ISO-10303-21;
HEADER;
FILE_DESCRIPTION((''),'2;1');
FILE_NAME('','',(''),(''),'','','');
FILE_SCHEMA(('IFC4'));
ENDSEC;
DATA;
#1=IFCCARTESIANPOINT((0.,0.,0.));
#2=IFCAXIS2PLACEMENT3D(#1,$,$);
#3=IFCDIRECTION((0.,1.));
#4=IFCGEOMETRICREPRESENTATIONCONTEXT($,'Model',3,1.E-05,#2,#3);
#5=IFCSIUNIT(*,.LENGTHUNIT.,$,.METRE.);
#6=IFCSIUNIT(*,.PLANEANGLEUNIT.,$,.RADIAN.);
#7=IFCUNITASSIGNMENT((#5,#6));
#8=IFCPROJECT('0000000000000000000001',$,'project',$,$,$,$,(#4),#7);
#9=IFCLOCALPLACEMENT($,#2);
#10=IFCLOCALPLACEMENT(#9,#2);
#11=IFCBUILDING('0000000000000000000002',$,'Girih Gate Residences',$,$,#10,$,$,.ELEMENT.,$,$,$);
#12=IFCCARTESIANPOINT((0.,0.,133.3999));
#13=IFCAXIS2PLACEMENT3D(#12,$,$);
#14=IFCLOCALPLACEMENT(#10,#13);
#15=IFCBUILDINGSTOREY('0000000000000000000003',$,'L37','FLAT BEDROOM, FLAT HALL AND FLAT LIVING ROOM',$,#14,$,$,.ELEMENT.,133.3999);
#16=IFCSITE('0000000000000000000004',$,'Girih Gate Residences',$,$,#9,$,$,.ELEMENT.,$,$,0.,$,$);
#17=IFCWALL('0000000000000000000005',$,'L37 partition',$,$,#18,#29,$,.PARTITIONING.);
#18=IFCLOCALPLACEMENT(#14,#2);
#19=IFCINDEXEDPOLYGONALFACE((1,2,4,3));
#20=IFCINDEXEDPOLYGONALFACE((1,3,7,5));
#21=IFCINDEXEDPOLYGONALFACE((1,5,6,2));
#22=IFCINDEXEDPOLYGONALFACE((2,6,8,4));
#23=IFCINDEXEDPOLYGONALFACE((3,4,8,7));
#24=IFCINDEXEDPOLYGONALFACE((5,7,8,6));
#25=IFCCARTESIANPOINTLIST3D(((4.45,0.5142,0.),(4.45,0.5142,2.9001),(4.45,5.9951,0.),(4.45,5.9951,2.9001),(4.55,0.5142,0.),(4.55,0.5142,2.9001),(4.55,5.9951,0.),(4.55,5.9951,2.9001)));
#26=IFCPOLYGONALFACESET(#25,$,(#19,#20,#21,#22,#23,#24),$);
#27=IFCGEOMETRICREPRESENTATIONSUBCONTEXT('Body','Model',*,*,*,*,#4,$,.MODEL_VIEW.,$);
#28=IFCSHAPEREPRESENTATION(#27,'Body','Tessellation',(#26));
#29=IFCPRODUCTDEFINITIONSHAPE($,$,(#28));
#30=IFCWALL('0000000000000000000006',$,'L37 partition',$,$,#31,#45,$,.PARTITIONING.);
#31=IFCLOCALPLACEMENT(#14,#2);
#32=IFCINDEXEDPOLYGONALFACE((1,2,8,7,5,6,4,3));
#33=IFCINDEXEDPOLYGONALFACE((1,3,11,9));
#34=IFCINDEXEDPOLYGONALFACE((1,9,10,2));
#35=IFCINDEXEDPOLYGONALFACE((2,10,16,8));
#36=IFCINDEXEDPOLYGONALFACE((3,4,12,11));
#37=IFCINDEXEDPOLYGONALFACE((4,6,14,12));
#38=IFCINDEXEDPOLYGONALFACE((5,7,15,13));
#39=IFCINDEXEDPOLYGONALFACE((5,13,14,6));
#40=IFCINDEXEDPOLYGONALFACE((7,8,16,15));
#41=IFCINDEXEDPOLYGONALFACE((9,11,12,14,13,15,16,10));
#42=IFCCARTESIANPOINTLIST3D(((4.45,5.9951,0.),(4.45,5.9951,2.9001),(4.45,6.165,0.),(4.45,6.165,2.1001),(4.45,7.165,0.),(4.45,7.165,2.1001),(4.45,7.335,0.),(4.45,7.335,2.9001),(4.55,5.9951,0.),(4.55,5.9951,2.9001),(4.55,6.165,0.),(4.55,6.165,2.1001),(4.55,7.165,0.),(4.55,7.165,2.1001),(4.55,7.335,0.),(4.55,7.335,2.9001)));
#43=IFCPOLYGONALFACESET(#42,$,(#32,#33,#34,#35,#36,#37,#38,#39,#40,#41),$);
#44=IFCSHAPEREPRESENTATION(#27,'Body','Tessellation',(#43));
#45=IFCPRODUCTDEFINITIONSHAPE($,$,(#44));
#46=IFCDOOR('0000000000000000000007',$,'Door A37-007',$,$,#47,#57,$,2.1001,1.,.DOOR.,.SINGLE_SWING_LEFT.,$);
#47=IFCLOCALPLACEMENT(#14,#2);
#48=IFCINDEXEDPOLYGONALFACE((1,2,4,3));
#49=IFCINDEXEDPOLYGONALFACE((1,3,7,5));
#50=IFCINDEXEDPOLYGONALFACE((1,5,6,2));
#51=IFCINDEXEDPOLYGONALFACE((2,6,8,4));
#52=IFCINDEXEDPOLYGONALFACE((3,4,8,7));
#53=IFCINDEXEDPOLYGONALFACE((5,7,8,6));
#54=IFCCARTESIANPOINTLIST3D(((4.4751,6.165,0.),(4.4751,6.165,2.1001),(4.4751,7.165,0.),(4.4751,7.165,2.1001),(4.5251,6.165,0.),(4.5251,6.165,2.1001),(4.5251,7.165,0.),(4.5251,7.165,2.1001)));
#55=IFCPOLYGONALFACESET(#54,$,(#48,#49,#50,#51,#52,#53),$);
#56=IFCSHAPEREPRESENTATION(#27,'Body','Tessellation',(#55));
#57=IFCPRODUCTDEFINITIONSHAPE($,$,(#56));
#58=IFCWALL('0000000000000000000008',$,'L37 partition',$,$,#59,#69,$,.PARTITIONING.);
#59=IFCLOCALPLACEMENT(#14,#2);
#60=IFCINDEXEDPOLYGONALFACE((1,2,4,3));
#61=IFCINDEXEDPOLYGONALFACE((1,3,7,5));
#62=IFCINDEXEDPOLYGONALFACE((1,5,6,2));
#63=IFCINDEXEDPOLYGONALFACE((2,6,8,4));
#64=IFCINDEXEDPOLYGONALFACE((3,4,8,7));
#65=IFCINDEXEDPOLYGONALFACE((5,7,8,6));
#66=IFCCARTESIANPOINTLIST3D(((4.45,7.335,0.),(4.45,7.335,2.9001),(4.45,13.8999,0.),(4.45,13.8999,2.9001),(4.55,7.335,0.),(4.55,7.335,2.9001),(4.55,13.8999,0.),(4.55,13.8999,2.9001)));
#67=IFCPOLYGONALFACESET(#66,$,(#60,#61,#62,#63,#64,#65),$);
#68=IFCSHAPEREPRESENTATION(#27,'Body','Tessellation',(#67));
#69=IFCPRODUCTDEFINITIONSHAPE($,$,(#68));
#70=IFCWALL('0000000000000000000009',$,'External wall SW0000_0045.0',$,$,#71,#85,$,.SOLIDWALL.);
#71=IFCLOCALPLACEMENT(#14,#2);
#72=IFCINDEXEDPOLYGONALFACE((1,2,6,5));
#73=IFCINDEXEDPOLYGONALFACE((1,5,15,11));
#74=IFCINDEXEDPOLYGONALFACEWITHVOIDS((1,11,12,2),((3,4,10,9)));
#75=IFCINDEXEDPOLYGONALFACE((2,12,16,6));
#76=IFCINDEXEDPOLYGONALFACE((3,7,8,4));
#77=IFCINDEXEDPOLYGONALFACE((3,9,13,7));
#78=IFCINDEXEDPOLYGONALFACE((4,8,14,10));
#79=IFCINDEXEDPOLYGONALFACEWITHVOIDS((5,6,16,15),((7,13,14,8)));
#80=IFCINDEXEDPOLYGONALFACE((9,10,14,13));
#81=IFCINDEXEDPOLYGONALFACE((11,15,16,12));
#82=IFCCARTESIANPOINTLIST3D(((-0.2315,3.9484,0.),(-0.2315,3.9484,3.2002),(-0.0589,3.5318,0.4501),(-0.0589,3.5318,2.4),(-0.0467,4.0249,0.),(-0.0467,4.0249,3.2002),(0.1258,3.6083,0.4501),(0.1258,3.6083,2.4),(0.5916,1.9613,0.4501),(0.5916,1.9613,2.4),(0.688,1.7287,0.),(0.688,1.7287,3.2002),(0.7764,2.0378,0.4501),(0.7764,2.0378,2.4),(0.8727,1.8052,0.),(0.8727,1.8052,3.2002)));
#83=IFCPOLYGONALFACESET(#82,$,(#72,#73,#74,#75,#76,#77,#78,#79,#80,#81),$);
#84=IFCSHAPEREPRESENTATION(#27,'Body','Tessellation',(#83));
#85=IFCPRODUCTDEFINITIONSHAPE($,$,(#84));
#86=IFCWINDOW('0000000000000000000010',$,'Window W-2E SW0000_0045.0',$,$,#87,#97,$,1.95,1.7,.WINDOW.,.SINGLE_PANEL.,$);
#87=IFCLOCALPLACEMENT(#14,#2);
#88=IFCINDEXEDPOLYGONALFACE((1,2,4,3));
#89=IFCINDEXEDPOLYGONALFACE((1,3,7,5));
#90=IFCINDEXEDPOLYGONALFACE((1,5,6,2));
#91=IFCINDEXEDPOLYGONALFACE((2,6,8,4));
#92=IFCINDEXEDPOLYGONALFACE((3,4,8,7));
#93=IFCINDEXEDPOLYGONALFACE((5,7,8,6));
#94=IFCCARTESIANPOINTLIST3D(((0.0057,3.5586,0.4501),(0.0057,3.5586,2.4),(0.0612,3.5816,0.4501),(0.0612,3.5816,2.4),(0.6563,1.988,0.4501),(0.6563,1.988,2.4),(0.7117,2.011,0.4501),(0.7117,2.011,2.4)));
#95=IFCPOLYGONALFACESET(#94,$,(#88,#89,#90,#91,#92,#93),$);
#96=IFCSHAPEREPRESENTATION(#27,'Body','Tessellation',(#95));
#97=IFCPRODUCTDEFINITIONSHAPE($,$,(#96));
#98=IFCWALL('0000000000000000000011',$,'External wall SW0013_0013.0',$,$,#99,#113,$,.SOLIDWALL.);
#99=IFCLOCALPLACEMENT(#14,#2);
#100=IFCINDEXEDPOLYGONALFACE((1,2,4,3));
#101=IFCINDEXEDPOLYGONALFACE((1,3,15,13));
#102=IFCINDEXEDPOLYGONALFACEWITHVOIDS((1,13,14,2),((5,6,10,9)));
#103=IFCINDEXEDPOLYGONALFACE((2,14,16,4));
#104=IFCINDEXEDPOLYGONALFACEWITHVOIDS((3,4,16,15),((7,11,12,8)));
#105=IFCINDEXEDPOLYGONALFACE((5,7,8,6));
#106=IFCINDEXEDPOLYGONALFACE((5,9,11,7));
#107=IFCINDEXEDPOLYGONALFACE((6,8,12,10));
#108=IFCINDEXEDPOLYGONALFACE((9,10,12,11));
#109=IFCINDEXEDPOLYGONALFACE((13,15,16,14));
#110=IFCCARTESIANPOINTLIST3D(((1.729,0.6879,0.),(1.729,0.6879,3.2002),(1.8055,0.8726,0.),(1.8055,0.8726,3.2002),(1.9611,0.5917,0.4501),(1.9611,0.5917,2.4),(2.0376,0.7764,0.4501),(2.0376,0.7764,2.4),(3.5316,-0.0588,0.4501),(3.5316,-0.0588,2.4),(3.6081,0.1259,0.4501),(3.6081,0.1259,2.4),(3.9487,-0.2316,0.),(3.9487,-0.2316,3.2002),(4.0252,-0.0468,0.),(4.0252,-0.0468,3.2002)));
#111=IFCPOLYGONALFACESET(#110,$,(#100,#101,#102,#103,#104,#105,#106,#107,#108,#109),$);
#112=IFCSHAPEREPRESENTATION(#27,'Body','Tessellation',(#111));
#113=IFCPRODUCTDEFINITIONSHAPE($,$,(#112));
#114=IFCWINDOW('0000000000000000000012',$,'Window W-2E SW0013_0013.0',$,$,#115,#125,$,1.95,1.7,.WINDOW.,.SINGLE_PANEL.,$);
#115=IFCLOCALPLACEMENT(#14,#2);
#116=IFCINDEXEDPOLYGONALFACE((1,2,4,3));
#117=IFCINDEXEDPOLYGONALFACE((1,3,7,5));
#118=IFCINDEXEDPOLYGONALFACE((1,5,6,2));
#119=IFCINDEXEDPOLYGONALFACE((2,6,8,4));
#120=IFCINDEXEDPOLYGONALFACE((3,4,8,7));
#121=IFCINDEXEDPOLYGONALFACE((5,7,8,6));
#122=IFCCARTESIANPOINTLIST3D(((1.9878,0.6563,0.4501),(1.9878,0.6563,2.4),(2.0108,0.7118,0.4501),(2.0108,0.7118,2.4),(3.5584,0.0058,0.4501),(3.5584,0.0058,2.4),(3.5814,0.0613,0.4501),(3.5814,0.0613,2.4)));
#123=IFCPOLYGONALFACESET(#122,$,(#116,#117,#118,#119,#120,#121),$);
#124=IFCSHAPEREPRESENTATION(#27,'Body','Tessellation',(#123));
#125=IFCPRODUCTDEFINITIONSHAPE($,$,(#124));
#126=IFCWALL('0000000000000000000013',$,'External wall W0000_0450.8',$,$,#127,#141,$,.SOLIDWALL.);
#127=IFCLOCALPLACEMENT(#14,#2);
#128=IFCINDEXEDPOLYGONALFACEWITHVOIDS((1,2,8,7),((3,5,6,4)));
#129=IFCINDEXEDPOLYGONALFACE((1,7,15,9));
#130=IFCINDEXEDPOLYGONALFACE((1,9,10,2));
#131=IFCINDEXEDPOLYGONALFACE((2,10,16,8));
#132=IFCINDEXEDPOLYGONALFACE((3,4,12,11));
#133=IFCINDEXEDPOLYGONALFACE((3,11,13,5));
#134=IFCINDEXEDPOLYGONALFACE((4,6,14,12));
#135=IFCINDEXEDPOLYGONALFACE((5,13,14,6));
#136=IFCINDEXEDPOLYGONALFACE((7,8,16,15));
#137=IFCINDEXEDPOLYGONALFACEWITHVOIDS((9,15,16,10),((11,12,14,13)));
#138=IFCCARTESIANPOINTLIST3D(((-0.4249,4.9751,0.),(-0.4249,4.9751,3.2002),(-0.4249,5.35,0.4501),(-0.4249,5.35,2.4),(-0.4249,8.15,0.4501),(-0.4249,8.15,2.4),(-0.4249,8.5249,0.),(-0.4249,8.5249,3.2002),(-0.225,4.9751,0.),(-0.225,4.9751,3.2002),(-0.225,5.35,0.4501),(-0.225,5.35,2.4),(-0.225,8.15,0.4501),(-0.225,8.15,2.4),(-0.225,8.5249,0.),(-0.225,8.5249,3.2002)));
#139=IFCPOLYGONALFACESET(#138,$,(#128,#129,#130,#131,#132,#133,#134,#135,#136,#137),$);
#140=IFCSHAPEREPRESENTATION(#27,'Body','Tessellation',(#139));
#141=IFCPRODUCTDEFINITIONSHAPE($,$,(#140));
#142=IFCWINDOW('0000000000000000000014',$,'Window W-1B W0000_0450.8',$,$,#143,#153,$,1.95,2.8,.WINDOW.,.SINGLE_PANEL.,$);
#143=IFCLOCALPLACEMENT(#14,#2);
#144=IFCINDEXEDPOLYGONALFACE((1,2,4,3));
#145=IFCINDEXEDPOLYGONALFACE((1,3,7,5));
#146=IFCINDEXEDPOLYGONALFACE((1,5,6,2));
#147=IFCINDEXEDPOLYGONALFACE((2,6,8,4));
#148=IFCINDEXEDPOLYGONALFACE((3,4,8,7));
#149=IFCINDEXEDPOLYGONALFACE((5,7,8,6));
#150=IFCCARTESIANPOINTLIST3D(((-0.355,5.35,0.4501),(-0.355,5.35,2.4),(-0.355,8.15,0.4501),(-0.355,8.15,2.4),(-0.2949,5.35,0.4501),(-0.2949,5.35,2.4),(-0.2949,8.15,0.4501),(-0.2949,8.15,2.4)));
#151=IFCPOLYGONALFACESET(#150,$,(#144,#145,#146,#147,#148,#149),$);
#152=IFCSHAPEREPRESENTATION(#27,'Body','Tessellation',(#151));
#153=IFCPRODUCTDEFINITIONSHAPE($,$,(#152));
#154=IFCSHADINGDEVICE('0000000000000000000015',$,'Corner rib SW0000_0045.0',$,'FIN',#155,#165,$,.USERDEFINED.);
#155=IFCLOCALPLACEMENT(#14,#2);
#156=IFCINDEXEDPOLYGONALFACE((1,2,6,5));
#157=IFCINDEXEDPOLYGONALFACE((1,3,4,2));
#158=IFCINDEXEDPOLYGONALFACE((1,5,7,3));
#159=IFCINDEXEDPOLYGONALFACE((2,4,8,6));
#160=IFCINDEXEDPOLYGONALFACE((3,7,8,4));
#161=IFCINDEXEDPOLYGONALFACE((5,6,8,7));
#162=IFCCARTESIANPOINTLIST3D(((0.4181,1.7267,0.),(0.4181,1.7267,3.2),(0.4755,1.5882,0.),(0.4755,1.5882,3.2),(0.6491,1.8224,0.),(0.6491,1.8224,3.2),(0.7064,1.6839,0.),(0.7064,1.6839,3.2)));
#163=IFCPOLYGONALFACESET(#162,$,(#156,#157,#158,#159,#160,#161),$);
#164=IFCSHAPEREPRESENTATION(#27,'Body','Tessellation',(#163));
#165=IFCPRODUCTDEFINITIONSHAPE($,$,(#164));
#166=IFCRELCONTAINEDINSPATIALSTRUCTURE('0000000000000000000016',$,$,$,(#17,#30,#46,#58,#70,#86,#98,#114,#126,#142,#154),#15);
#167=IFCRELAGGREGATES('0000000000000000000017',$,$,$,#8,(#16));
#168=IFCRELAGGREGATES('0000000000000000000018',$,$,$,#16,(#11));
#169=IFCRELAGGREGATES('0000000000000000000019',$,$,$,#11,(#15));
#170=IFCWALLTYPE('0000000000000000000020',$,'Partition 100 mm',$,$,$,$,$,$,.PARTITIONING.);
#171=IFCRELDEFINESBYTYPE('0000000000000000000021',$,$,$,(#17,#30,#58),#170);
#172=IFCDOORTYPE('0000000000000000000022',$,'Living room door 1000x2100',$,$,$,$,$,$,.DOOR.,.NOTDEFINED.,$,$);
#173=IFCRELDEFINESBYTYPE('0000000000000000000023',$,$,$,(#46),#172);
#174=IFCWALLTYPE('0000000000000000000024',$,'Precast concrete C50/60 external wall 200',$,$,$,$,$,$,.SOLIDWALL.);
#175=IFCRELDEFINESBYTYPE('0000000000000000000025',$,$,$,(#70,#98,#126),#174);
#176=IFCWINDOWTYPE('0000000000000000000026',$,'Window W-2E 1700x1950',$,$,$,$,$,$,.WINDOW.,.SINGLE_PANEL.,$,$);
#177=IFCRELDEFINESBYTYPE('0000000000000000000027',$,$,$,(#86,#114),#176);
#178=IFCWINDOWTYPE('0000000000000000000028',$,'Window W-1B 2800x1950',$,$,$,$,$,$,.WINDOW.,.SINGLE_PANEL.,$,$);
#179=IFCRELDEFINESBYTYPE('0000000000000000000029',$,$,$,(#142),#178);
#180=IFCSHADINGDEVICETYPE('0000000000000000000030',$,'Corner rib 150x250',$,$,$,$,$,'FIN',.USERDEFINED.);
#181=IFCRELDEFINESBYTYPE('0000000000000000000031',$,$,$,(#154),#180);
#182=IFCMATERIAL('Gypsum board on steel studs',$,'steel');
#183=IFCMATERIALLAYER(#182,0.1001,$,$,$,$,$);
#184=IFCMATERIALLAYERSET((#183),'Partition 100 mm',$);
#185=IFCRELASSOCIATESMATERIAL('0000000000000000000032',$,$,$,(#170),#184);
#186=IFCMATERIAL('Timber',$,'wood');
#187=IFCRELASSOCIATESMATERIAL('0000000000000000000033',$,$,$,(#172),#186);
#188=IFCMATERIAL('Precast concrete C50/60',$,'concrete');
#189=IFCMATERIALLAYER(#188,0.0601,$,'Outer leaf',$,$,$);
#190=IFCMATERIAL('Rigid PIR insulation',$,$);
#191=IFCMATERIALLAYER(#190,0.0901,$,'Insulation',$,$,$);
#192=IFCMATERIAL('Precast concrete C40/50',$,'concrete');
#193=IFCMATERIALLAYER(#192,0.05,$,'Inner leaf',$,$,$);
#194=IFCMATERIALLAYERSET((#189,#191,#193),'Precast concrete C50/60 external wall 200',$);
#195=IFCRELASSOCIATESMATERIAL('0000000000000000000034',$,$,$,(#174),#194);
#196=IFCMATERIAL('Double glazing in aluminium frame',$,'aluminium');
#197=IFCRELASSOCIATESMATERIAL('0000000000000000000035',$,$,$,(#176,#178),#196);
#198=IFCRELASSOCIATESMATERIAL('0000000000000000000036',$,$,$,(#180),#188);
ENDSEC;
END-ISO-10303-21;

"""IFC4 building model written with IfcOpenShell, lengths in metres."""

from ifc_helpers import new_model, si_unit, direction, frame, frame_2d, origin, origin_2d, place, context, subcontext, project, spatial, rectangle, extrude, material, layer, layer_set, type_object, element, fill, save


model = new_model("IFC4")

# Units and contexts
model_context = context("Model", 3, precision=1e-05, world=origin(), true_north=direction((0.0, 1.0)))
body_context = subcontext(model_context, "Body", "Model", "MODEL_VIEW")
ifc_project = project(units=[si_unit("LENGTHUNIT", "METRE"), si_unit("PLANEANGLEUNIT", "RADIAN")], contexts=[model_context])

# Site, building, storey
site_placement = place(None, origin())
site = spatial("IfcSite", under=ifc_project, at=site_placement, Name="Girih Gate Residences", CompositionType="ELEMENT", RefElevation=0.0)
building_placement = place(site_placement, origin())
building = spatial("IfcBuilding", under=site, at=building_placement, Name="Girih Gate Residences", CompositionType="ELEMENT")
storey_placement = place(building_placement, frame((0.0, 0.0, 133.3999)))
storey = spatial("IfcBuildingStorey", under=building, at=storey_placement, Name="L37", Description="FLAT BEDROOM, FLAT HALL AND FLAT LIVING ROOM", CompositionType="ELEMENT", Elevation=133.3999)

# Wall
ifc_material_1 = material(Name="Gypsum board on steel studs", Category="steel")
ifc_layer_1 = layer(ifc_material_1, 0.1001)
ifc_layer_set_1 = layer_set([ifc_layer_1], Name="Partition 100 mm")
wall_type_1 = type_object("IfcWallType", Name="Partition 100 mm", PredefinedType="PARTITIONING", material=ifc_layer_set_1)
wall_1_placement = place(storey_placement, frame((4.5, 0.5142, 0.0), z_axis=(0.0, 0.0, 1.0), x_axis=(0.0, 1.0, 0.0)))
element("IfcWall", 1, at=wall_1_placement, inside=storey, type_object=wall_type_1, Name="L37 partition", PredefinedType="PARTITIONING", context=body_context, shape_type="SweptSolid", body=[
    extrude(rectangle(XDim=5.481, YDim=0.1001, at=frame_2d((2.7405, 0.0))), origin(), (0.0, 0.0, 1.0), 2.9001),
])

# Wall, opening, door
wall_2_placement = place(storey_placement, frame((4.5, 5.9951, 0.0), z_axis=(0.0, 0.0, 1.0), x_axis=(0.0, 1.0, 0.0)))
wall_2 = element("IfcWall", 2, at=wall_2_placement, inside=storey, type_object=wall_type_1, Name="L37 partition", PredefinedType="PARTITIONING", context=body_context, shape_type="SweptSolid", body=[
    extrude(rectangle(XDim=1.3398, YDim=0.1001, at=frame_2d((0.6699, 0.0))), origin(), (0.0, 0.0, 1.0), 2.9001),
])
opening_1_placement = place(wall_2_placement, frame((0.1699, 0.0, 0.0)))
opening_1 = element("IfcOpeningElement", 3, at=opening_1_placement, cuts=wall_2, PredefinedType="OPENING", context=body_context, shape_type="SweptSolid", body=[
    extrude(rectangle(XDim=1.0, YDim=2.1001, at=frame_2d((0.5, 1.05))), frame((0.0, 0.0601, 0.0), z_axis=(0.0, -1.0, 0.0), x_axis=(1.0, 0.0, 0.0)), (0.0, 0.0, 1.0), 0.1201),
])
ifc_material_2 = material(Name="Timber", Category="wood")
door_type = type_object("IfcDoorType", Name="Living room door 1000x2100", OperationType="NOTDEFINED", PredefinedType="DOOR", material=ifc_material_2)
door_placement = place(opening_1_placement, origin())
door = element("IfcDoor", 4, at=door_placement, inside=storey, type_object=door_type, Name="Door A37-007", OperationType="SINGLE_SWING_LEFT", OverallHeight=2.1001, OverallWidth=1.0, PredefinedType="DOOR", context=body_context, shape_type="SweptSolid", body=[
    extrude(rectangle(XDim=1.0, YDim=2.1001, at=frame_2d((0.5, 1.05))), frame((0.0, 0.0249, 0.0), z_axis=(0.0, -1.0, 0.0), x_axis=(1.0, 0.0, 0.0)), (0.0, 0.0, 1.0), 0.05),
])
fill(opening_1, door)

# Wall
wall_3_placement = place(storey_placement, frame((4.5, 7.335, 0.0), z_axis=(0.0, 0.0, 1.0), x_axis=(0.0, 1.0, 0.0)))
element("IfcWall", 5, at=wall_3_placement, inside=storey, type_object=wall_type_1, Name="L37 partition", PredefinedType="PARTITIONING", context=body_context, shape_type="SweptSolid", body=[
    extrude(rectangle(XDim=6.5649, YDim=0.1001, at=frame_2d((3.2825, 0.0))), origin(), (0.0, 0.0, 1.0), 2.9001),
])

# Walls, openings, windows
ifc_material_3 = material(Name="Precast concrete C50/60", Category="concrete")
ifc_layer_2 = layer(ifc_material_3, 0.0601, Name="Outer leaf")
ifc_material_4 = material(Name="Rigid PIR insulation")
ifc_layer_3 = layer(ifc_material_4, 0.0901, Name="Insulation")
ifc_material_5 = material(Name="Precast concrete C40/50", Category="concrete")
ifc_layer_4 = layer(ifc_material_5, 0.05, Name="Inner leaf")
ifc_layer_set_2 = layer_set([ifc_layer_2, ifc_layer_3, ifc_layer_4], Name="Precast concrete C50/60 external wall 200")
wall_type_2 = type_object("IfcWallType", Name="Precast concrete C50/60 external wall 200", PredefinedType="SOLIDWALL", material=ifc_layer_set_2)
wall_4_placement = place(storey_placement, frame((0.7803, 1.7671, 0.0), z_axis=(0.0, 0.0, 1.0), x_axis=(-0.382681, 0.923881, 0.0)))
wall_4 = element("IfcWall", 6, at=wall_4_placement, inside=storey, type_object=wall_type_2, Name="External wall SW0000_0045.0", PredefinedType="SOLIDWALL", context=body_context, shape_type="SweptSolid", body=[
    extrude(rectangle(XDim=2.4026, YDim=0.2, at=frame_2d((1.2012, 0.0))), origin(), (0.0, 0.0, 1.0), 3.2002),
])
opening_2_placement = place(wall_4_placement, frame((0.2515, 0.0, 0.45)))
opening_2 = element("IfcOpeningElement", 7, at=opening_2_placement, cuts=wall_4, PredefinedType="OPENING", context=body_context, shape_type="SweptSolid", body=[
    extrude(rectangle(XDim=1.7, YDim=1.95, at=frame_2d((0.8501, 0.9751))), frame((0.0, 0.1099, 0.0), z_axis=(0.0, -1.0, 0.0), x_axis=(1.0, 0.0, 0.0)), (0.0, 0.0, 1.0), 0.22),
])
ifc_material_6 = material(Name="Double glazing in aluminium frame", Category="aluminium")
window_type_1 = type_object("IfcWindowType", Name="Window W-2E 1700x1950", PartitioningType="SINGLE_PANEL", PredefinedType="WINDOW", material=ifc_material_6)
window_1_placement = place(opening_2_placement, origin())
window_1 = element("IfcWindow", 8, at=window_1_placement, inside=storey, type_object=window_type_1, Name="Window W-2E SW0000_0045.0", OverallHeight=1.95, OverallWidth=1.7, PartitioningType="SINGLE_PANEL", PredefinedType="WINDOW", context=body_context, shape_type="SweptSolid", body=[
    extrude(rectangle(XDim=1.7, YDim=1.95, at=frame_2d((0.8501, 0.9751))), frame((0.0, 0.03, 0.0), z_axis=(0.0, -1.0, 0.0), x_axis=(1.0, 0.0, 0.0)), (0.0, 0.0, 1.0), 0.0601),
])
fill(opening_2, window_1)
wall_5_placement = place(storey_placement, frame((3.9868, -0.1392, 0.0), z_axis=(0.0, 0.0, 1.0), x_axis=(-0.923881, 0.382681, 0.0)))
wall_5 = element("IfcWall", 9, at=wall_5_placement, inside=storey, type_object=wall_type_2, Name="External wall SW0013_0013.0", PredefinedType="SOLIDWALL", context=body_context, shape_type="SweptSolid", body=[
    extrude(rectangle(XDim=2.4026, YDim=0.2, at=frame_2d((1.2012, 0.0))), origin(), (0.0, 0.0, 1.0), 3.2002),
])
opening_3_placement = place(wall_5_placement, frame((0.4512, 0.0, 0.45)))
opening_3 = element("IfcOpeningElement", 10, at=opening_3_placement, cuts=wall_5, PredefinedType="OPENING", context=body_context, shape_type="SweptSolid", body=[
    extrude(rectangle(XDim=1.7, YDim=1.95, at=frame_2d((0.8501, 0.9751))), frame((0.0, 0.1099, 0.0), z_axis=(0.0, -1.0, 0.0), x_axis=(1.0, 0.0, 0.0)), (0.0, 0.0, 1.0), 0.22),
])
window_2_placement = place(opening_3_placement, origin())
window_2 = element("IfcWindow", 11, at=window_2_placement, inside=storey, type_object=window_type_1, Name="Window W-2E SW0013_0013.0", OverallHeight=1.95, OverallWidth=1.7, PartitioningType="SINGLE_PANEL", PredefinedType="WINDOW", context=body_context, shape_type="SweptSolid", body=[
    extrude(rectangle(XDim=1.7, YDim=1.95, at=frame_2d((0.8501, 0.9751))), frame((0.0, 0.03, 0.0), z_axis=(0.0, -1.0, 0.0), x_axis=(1.0, 0.0, 0.0)), (0.0, 0.0, 1.0), 0.0601),
])
fill(opening_3, window_2)
wall_6_placement = place(storey_placement, frame((-0.325, 4.9751, 0.0), z_axis=(0.0, 0.0, 1.0), x_axis=(0.0, 1.0, 0.0)))
wall_6 = element("IfcWall", 12, at=wall_6_placement, inside=storey, type_object=wall_type_2, Name="External wall W0000_0450.8", PredefinedType="SOLIDWALL", context=body_context, shape_type="SweptSolid", body=[
    extrude(rectangle(XDim=3.5498, YDim=0.2, at=frame_2d((1.7749, 0.0))), origin(), (0.0, 0.0, 1.0), 3.2002),
])
opening_4_placement = place(wall_6_placement, frame((0.375, 0.0, 0.45)))
opening_4 = element("IfcOpeningElement", 13, at=opening_4_placement, cuts=wall_6, PredefinedType="OPENING", context=body_context, shape_type="SweptSolid", body=[
    extrude(rectangle(XDim=2.8, YDim=1.95, at=frame_2d((1.3999, 0.9751))), frame((0.0, 0.1099, 0.0), z_axis=(0.0, -1.0, 0.0), x_axis=(1.0, 0.0, 0.0)), (0.0, 0.0, 1.0), 0.22),
])
window_type_2 = type_object("IfcWindowType", Name="Window W-1B 2800x1950", PartitioningType="SINGLE_PANEL", PredefinedType="WINDOW", material=ifc_material_6)
window_3_placement = place(opening_4_placement, origin())
window_3 = element("IfcWindow", 14, at=window_3_placement, inside=storey, type_object=window_type_2, Name="Window W-1B W0000_0450.8", OverallHeight=1.95, OverallWidth=2.8, PartitioningType="SINGLE_PANEL", PredefinedType="WINDOW", context=body_context, shape_type="SweptSolid", body=[
    extrude(rectangle(XDim=2.8, YDim=1.95, at=frame_2d((1.3999, 0.9751))), frame((0.0, 0.03, 0.0), z_axis=(0.0, -1.0, 0.0), x_axis=(1.0, 0.0, 0.0)), (0.0, 0.0, 1.0), 0.0601),
])
fill(opening_4, window_3)

# Shading device
shading_device_type = type_object("IfcShadingDeviceType", Name="Corner rib 150x250", ElementType="FIN", PredefinedType="USERDEFINED", material=ifc_material_3)
for number, where, z_axis, x_axis, name in (
    (15, (0.5623, 1.7053, 0.0), (0.0, 0.0, 1.0), (0.382683, -0.92388, 0.0), "Corner rib SW0000_0045.0"),
):
    element("IfcShadingDevice", number, at=place(storey_placement, frame(where, z_axis=z_axis, x_axis=x_axis)), inside=storey, type_object=shading_device_type, Name=name, ObjectType="FIN", PredefinedType="USERDEFINED", context=body_context, shape_type="SweptSolid", body=[
        extrude(rectangle(XDim=0.1499, YDim=0.25, at=origin_2d()), origin(), (0.0, 0.0, 1.0), 3.2),
    ])

save(model, "model.ifc")
